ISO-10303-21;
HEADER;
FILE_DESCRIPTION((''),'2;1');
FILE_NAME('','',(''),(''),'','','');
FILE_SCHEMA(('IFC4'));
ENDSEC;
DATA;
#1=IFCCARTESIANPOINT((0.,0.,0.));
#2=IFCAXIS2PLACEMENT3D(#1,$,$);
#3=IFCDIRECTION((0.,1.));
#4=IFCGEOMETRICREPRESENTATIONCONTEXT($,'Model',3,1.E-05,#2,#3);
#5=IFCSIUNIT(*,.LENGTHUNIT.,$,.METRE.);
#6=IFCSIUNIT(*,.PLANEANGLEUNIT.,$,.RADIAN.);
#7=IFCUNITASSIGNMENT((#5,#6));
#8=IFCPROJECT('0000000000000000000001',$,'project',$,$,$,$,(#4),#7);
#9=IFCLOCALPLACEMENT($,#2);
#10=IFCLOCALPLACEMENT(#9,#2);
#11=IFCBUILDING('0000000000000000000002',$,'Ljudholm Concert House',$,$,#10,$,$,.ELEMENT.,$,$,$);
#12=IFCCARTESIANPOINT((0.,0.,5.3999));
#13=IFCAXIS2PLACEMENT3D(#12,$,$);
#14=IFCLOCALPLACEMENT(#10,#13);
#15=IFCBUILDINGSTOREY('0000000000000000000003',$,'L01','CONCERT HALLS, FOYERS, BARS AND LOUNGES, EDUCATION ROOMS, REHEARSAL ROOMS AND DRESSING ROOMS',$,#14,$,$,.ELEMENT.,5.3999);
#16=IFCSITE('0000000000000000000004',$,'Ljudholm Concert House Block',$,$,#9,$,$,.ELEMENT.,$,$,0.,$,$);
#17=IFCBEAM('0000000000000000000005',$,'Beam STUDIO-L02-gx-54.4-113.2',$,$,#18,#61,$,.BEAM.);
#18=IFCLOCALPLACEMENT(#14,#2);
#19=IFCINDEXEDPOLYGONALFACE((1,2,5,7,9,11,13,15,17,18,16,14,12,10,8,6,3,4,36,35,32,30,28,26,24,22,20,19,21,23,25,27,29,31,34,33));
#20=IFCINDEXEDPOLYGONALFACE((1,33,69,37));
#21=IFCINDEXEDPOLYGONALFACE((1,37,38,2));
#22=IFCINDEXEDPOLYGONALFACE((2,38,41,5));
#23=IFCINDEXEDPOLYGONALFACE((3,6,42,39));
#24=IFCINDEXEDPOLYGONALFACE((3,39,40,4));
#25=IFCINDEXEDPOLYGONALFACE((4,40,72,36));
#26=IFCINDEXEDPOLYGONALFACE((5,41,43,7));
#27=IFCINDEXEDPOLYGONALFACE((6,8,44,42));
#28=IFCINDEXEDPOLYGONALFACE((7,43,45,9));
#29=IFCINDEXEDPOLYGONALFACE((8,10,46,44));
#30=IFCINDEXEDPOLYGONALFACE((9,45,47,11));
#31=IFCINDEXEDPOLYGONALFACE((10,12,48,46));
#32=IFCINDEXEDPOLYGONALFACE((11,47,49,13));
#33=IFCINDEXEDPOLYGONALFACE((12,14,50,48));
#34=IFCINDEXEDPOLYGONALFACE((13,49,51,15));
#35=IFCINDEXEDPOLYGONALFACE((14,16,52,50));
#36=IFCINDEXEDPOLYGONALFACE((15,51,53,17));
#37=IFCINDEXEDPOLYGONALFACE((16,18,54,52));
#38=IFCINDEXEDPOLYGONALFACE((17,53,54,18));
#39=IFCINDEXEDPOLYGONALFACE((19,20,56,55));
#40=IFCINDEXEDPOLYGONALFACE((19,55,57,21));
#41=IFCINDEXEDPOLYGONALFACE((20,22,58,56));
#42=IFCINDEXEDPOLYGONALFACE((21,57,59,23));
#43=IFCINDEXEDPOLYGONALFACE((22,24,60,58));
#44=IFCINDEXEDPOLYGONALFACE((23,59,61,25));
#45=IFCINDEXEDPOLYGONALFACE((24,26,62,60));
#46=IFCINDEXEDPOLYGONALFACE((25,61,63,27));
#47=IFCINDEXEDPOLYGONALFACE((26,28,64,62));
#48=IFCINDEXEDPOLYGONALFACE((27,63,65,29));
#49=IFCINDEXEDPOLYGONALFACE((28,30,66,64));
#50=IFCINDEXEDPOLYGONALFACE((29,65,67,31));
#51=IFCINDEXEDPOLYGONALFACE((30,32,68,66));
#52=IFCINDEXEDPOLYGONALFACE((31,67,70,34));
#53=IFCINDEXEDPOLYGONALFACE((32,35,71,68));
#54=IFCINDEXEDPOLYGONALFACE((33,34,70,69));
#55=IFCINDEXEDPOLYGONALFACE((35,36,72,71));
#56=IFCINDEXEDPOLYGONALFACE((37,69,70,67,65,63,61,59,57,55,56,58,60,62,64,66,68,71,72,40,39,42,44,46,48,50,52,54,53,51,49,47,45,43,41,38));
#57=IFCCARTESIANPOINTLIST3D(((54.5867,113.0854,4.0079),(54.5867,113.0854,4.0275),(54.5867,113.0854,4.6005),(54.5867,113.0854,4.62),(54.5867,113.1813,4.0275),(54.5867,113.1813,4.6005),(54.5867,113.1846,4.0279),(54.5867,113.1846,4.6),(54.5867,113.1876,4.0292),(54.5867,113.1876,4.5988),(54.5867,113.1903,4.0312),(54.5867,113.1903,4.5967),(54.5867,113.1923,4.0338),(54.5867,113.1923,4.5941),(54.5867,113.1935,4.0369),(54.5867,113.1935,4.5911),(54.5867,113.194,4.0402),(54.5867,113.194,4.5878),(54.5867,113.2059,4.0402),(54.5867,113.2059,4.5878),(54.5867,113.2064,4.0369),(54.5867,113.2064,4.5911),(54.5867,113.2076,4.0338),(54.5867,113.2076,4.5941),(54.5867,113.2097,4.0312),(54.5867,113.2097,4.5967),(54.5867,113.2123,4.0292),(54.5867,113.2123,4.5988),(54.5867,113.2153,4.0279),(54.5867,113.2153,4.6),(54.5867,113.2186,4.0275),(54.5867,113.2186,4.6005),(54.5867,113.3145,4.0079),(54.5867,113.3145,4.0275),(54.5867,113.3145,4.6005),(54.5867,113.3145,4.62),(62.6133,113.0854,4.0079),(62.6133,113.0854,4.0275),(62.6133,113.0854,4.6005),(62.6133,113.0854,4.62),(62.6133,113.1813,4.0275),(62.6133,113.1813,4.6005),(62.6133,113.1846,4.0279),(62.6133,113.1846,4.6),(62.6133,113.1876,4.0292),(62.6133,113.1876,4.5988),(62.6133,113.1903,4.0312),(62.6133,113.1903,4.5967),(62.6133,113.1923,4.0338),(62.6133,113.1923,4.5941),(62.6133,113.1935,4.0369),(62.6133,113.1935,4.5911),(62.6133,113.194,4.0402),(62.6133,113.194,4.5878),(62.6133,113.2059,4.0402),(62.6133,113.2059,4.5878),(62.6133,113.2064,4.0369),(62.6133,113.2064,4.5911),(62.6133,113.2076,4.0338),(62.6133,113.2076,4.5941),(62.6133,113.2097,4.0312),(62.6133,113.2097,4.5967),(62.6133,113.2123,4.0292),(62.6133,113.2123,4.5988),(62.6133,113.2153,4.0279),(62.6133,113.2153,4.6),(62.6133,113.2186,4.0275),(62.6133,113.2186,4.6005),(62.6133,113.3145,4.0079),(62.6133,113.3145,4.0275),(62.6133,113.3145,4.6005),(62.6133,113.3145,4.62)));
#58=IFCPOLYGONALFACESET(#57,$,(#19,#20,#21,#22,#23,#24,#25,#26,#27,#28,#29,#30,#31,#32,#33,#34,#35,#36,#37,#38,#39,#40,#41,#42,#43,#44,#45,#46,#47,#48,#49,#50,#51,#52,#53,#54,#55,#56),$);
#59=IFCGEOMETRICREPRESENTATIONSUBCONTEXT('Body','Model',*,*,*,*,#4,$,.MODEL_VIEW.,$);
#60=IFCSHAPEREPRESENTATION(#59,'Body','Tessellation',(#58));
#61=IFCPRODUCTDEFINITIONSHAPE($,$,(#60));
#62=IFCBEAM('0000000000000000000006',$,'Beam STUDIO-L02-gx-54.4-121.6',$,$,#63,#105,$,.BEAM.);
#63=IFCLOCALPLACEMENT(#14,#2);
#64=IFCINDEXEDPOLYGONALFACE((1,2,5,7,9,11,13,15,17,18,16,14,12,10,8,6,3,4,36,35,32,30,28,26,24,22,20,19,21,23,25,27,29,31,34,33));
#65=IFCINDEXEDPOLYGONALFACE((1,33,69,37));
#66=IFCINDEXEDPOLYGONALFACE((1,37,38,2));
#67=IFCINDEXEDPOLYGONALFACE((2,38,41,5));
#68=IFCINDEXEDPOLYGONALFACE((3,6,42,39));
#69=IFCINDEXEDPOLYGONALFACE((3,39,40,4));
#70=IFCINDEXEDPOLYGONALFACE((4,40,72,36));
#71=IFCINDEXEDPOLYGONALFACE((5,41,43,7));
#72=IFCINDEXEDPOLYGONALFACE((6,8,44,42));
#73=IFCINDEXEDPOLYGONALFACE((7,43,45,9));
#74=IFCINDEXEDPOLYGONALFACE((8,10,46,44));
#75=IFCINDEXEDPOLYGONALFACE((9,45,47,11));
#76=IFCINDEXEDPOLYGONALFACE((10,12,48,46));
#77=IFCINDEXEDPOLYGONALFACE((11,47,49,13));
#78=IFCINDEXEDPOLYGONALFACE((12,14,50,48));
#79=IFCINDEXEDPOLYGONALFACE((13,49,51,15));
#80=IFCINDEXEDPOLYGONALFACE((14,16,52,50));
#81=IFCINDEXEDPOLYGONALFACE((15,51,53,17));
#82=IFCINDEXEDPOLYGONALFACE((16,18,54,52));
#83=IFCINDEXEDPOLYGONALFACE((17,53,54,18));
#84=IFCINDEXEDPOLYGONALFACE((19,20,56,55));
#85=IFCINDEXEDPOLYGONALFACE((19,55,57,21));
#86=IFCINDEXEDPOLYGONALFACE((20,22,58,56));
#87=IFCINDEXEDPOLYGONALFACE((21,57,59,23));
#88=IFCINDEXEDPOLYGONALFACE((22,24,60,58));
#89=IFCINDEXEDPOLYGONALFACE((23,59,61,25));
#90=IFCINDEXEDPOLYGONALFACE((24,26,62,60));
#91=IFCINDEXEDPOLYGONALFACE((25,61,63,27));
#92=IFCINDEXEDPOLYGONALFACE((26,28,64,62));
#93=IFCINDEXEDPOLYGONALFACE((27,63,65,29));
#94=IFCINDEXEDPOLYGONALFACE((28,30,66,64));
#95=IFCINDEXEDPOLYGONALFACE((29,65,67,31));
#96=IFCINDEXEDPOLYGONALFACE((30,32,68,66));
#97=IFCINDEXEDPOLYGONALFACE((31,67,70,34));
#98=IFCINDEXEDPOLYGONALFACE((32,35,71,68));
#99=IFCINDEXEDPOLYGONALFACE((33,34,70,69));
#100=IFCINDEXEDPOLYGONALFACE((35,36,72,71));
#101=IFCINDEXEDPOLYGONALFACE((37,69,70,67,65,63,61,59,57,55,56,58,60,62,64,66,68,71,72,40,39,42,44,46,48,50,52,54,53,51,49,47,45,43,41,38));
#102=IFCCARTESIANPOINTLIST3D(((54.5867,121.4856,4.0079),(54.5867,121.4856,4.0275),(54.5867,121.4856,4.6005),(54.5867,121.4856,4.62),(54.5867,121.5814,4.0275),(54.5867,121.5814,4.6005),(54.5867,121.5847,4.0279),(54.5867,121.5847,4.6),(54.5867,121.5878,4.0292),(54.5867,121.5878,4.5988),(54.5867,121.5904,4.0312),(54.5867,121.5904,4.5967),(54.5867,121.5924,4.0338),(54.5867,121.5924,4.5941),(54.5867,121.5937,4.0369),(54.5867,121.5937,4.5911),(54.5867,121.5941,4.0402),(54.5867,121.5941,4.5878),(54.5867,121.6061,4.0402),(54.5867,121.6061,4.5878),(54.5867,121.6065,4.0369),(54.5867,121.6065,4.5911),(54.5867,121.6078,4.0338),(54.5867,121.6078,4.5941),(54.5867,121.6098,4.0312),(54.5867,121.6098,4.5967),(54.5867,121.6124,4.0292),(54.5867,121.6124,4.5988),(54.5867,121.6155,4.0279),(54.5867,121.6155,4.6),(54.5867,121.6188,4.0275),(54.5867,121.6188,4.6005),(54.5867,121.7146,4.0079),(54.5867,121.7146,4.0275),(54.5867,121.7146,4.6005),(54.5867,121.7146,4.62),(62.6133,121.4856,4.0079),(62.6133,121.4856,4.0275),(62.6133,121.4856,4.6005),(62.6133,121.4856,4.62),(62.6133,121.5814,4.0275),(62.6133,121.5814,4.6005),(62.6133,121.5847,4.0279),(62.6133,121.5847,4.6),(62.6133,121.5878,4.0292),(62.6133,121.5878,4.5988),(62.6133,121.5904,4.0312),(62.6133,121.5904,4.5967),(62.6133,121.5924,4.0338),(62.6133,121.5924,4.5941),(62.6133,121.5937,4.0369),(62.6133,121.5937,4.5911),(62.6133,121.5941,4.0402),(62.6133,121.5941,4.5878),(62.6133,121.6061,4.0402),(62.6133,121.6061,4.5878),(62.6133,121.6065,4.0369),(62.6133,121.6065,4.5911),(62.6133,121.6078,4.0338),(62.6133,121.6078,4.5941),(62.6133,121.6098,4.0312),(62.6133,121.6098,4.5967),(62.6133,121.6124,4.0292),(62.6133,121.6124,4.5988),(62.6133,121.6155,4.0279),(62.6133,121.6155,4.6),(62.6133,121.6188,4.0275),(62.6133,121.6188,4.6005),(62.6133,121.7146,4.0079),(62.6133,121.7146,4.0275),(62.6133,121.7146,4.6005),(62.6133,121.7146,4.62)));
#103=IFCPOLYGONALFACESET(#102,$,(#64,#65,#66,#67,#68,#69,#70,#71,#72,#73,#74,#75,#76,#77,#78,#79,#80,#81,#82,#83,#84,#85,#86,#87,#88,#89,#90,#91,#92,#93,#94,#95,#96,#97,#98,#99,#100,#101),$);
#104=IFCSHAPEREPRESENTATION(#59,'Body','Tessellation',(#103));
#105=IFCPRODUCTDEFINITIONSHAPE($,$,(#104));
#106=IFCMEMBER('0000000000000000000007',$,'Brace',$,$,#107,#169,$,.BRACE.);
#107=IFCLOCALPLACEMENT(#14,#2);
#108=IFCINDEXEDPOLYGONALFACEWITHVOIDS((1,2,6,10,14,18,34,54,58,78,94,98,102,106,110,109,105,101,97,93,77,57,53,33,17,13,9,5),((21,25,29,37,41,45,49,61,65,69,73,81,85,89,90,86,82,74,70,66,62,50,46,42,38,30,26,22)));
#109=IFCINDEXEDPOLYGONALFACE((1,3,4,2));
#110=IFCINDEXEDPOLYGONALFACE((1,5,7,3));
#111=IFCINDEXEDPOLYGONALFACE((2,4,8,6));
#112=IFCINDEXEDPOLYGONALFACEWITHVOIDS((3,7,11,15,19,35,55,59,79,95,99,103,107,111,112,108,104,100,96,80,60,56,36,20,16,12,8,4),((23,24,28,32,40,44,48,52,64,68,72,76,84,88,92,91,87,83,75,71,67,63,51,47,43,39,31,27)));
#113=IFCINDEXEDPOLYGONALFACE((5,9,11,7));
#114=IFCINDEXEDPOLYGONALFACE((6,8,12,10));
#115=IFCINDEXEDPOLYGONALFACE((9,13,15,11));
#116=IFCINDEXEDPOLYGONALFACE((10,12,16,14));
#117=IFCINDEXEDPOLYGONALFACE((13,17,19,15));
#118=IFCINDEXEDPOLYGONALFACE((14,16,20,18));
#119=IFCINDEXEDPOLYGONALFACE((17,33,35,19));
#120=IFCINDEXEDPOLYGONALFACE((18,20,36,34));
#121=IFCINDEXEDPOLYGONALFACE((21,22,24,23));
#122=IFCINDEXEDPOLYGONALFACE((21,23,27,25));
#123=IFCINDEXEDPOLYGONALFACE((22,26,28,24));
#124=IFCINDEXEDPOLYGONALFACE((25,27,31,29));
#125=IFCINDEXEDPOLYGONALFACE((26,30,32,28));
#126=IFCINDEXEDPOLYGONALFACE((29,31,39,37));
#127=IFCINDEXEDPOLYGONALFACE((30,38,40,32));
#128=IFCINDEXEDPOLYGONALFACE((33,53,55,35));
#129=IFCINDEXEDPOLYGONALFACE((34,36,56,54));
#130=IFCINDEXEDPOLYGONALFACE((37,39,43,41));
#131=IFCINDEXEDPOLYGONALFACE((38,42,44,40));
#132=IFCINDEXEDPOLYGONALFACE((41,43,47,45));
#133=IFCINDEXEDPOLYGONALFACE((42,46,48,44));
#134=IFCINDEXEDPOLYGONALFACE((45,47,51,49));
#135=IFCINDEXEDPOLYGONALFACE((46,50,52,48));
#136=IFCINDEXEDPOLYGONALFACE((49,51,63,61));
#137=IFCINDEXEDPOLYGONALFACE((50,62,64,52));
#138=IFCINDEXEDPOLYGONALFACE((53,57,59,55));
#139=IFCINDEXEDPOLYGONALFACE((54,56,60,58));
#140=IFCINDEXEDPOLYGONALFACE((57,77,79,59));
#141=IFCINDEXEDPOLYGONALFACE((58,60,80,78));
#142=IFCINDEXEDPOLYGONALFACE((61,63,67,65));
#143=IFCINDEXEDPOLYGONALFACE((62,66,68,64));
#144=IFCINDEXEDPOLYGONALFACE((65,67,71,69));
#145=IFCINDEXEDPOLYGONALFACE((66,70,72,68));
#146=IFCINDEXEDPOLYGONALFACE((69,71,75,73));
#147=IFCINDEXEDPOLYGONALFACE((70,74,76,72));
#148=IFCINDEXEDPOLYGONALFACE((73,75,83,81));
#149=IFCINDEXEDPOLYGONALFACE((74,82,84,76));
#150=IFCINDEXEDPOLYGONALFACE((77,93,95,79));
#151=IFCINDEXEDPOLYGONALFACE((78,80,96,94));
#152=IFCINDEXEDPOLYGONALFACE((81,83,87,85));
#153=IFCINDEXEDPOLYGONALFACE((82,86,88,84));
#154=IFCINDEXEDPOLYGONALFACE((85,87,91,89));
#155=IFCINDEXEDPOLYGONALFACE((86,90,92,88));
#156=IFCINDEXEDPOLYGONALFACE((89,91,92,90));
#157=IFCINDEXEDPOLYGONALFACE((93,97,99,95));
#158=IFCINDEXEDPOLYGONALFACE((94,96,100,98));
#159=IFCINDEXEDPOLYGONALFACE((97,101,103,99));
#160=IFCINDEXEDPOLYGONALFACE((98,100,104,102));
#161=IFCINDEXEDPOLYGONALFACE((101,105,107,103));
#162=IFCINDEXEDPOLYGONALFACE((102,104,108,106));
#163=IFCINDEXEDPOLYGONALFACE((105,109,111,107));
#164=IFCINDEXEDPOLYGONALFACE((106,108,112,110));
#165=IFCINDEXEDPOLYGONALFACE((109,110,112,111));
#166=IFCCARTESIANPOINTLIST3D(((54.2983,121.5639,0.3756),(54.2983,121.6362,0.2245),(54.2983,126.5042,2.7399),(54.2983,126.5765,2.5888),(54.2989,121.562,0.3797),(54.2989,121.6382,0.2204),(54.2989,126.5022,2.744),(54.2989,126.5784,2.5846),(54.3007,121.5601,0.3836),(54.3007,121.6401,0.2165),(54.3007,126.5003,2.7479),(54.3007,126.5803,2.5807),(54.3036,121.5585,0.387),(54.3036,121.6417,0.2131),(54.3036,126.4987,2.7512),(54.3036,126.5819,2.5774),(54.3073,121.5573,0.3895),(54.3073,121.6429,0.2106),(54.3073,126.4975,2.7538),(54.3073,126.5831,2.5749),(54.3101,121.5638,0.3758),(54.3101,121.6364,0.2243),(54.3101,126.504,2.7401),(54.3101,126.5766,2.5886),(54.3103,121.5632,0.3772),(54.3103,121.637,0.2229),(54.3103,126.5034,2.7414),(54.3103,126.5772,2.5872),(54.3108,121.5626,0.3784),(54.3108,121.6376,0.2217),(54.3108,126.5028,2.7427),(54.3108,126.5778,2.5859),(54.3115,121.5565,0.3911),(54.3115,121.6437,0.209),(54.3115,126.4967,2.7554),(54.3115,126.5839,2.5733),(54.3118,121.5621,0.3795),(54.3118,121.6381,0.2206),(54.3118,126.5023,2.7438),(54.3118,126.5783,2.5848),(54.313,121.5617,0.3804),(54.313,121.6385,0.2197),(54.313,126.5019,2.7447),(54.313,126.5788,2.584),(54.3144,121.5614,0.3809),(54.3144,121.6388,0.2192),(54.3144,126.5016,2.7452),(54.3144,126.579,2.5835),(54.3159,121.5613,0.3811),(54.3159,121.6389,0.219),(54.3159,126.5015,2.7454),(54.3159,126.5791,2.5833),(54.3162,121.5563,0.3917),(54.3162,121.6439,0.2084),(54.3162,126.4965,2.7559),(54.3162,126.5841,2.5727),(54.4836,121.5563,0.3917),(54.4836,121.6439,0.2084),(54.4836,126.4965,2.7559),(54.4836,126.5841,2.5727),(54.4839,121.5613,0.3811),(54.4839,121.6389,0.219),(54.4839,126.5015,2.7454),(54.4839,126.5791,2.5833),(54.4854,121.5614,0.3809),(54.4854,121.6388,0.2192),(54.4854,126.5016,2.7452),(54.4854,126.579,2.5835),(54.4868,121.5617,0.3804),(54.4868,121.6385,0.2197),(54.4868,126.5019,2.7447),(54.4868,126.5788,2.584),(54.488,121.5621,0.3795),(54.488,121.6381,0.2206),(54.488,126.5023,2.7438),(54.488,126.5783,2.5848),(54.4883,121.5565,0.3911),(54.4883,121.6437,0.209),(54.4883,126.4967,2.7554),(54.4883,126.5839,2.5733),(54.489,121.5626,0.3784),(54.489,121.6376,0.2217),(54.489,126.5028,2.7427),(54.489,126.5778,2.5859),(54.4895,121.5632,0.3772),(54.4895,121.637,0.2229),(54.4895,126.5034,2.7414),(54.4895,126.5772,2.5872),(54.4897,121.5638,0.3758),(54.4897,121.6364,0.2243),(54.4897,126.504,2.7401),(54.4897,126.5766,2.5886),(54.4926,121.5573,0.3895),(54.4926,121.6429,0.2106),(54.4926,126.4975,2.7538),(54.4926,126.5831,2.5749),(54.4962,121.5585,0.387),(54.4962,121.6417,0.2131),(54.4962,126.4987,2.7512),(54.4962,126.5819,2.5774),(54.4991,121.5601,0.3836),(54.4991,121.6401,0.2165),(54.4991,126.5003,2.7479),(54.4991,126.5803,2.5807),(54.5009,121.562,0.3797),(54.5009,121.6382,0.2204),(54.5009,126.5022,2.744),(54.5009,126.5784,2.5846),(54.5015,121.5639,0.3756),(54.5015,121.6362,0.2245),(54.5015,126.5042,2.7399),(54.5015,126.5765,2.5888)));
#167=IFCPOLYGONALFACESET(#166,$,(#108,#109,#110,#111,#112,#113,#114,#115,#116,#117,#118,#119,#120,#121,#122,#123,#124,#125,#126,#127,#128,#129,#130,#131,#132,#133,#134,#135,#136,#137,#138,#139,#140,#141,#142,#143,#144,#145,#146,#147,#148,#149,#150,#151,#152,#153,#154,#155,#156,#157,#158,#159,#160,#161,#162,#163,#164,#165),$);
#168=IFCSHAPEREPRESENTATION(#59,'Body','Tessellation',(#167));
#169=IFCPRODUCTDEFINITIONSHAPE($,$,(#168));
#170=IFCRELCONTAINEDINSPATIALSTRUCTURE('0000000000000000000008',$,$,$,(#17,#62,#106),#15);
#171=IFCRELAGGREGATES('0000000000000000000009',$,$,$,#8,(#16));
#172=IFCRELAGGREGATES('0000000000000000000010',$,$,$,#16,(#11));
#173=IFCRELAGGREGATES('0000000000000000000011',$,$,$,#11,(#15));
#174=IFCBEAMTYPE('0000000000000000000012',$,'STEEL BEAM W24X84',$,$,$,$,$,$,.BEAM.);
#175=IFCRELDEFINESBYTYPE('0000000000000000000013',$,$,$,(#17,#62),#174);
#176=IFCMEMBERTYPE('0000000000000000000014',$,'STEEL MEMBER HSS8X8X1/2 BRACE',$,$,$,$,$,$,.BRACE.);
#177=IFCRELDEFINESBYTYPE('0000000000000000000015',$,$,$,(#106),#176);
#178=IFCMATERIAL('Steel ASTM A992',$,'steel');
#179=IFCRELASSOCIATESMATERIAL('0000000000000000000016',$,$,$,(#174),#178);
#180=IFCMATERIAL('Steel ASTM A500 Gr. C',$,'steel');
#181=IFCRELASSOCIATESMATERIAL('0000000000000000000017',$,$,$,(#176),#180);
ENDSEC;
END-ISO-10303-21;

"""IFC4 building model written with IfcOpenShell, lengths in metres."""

from ifc_helpers import new_model, si_unit, direction, frame, origin, origin_2d, place, context, subcontext, project, spatial, hollow_rectangle, i_section, extrude, material, material_profile, profile_set, type_object, element, save


model = new_model("IFC4")

# Units and contexts
model_context = context("Model", 3, precision=1e-05, world=origin(), true_north=direction((0.0, 1.0)))
body_context = subcontext(model_context, "Body", "Model", "MODEL_VIEW")
ifc_project = project(units=[si_unit("LENGTHUNIT", "METRE"), si_unit("PLANEANGLEUNIT", "RADIAN")], contexts=[model_context])

# Site, building, storey
site_placement = place(None, origin())
site = spatial("IfcSite", under=ifc_project, at=site_placement, Name="Ljudholm Concert House Block", CompositionType="ELEMENT", RefElevation=0.0)
building_placement = place(site_placement, origin())
building = spatial("IfcBuilding", under=site, at=building_placement, Name="Ljudholm Concert House", CompositionType="ELEMENT")
storey_placement = place(building_placement, frame((0.0, 0.0, 5.3999)))
storey = spatial("IfcBuildingStorey", under=building, at=storey_placement, Name="L01", Description="CONCERT HALLS, FOYERS, BARS AND LOUNGES, EDUCATION ROOMS, REHEARSAL ROOMS AND DRESSING ROOMS", CompositionType="ELEMENT", Elevation=5.3999)

# Beams
ifc_material_1 = material(Name="Steel ASTM A992", Category="steel")
ifc_material_profile_1 = material_profile(ifc_material_1, i_section(OverallWidth=0.229, OverallDepth=0.6121, WebThickness=0.012, FlangeThickness=0.0195, FilletRadius=0.0127, at=origin_2d()), Name="W24X84")
ifc_profile_set_1 = profile_set([ifc_material_profile_1], Name="Steel ASTM A992")
beam_type_1 = type_object("IfcBeamType", Name="STEEL BEAM W24X84", PredefinedType="BEAM", material=ifc_profile_set_1)
for number, where, z_axis, x_axis, name in (
    (1, (54.5867, 113.2, 4.314), (1.0, 0.0, 0.0), (0.0, 1.0, 0.0), "Beam STUDIO-L02-gx-54.4-113.2"),
    (2, (54.5867, 121.6001, 4.314), (1.0, 0.0, 0.0), (0.0, 1.0, 0.0), "Beam STUDIO-L02-gx-54.4-121.6"),
):
    element("IfcBeam", number, at=place(storey_placement, frame(where, z_axis=z_axis, x_axis=x_axis)), inside=storey, type_object=beam_type_1, Name=name, PredefinedType="BEAM", context=body_context, shape_type="SweptSolid", body=[
        extrude(i_section(OverallWidth=0.229, OverallDepth=0.6121, WebThickness=0.012, FlangeThickness=0.0195, FilletRadius=0.0127, at=origin_2d()), origin(), (0.0, 0.0, 1.0), 8.0266),
    ])

# Member
ifc_material_2 = material(Name="Steel ASTM A500 Gr. C", Category="steel")
ifc_material_profile_2 = material_profile(ifc_material_2, hollow_rectangle(XDim=0.2031, YDim=0.2031, WallThickness=0.0117, InnerFilletRadius=0.0059, OuterFilletRadius=0.0178, at=origin_2d()), Name="HSS8X8X1/2")
ifc_profile_set_2 = profile_set([ifc_material_profile_2], Name="Steel ASTM A500 Gr. C")
member_type = type_object("IfcMemberType", Name="STEEL MEMBER HSS8X8X1/2 BRACE", PredefinedType="BRACE", material=ifc_profile_set_2)
member_placement = place(storey_placement, frame((54.3999, 121.6001, 0.3), z_axis=(0.0, 0.902023, 0.431687), x_axis=(-1.0, 0.0, 0.0)))
element("IfcMember", 3, at=member_placement, inside=storey, type_object=member_type, Name="Brace", PredefinedType="BRACE", context=body_context, shape_type="SweptSolid", body=[
    extrude(hollow_rectangle(XDim=0.2031, YDim=0.2031, WallThickness=0.0117, InnerFilletRadius=0.0059, OuterFilletRadius=0.0178, at=origin_2d()), origin(), (0.0, 0.0, 1.0), 5.4768),
])

save(model, "model.ifc")
